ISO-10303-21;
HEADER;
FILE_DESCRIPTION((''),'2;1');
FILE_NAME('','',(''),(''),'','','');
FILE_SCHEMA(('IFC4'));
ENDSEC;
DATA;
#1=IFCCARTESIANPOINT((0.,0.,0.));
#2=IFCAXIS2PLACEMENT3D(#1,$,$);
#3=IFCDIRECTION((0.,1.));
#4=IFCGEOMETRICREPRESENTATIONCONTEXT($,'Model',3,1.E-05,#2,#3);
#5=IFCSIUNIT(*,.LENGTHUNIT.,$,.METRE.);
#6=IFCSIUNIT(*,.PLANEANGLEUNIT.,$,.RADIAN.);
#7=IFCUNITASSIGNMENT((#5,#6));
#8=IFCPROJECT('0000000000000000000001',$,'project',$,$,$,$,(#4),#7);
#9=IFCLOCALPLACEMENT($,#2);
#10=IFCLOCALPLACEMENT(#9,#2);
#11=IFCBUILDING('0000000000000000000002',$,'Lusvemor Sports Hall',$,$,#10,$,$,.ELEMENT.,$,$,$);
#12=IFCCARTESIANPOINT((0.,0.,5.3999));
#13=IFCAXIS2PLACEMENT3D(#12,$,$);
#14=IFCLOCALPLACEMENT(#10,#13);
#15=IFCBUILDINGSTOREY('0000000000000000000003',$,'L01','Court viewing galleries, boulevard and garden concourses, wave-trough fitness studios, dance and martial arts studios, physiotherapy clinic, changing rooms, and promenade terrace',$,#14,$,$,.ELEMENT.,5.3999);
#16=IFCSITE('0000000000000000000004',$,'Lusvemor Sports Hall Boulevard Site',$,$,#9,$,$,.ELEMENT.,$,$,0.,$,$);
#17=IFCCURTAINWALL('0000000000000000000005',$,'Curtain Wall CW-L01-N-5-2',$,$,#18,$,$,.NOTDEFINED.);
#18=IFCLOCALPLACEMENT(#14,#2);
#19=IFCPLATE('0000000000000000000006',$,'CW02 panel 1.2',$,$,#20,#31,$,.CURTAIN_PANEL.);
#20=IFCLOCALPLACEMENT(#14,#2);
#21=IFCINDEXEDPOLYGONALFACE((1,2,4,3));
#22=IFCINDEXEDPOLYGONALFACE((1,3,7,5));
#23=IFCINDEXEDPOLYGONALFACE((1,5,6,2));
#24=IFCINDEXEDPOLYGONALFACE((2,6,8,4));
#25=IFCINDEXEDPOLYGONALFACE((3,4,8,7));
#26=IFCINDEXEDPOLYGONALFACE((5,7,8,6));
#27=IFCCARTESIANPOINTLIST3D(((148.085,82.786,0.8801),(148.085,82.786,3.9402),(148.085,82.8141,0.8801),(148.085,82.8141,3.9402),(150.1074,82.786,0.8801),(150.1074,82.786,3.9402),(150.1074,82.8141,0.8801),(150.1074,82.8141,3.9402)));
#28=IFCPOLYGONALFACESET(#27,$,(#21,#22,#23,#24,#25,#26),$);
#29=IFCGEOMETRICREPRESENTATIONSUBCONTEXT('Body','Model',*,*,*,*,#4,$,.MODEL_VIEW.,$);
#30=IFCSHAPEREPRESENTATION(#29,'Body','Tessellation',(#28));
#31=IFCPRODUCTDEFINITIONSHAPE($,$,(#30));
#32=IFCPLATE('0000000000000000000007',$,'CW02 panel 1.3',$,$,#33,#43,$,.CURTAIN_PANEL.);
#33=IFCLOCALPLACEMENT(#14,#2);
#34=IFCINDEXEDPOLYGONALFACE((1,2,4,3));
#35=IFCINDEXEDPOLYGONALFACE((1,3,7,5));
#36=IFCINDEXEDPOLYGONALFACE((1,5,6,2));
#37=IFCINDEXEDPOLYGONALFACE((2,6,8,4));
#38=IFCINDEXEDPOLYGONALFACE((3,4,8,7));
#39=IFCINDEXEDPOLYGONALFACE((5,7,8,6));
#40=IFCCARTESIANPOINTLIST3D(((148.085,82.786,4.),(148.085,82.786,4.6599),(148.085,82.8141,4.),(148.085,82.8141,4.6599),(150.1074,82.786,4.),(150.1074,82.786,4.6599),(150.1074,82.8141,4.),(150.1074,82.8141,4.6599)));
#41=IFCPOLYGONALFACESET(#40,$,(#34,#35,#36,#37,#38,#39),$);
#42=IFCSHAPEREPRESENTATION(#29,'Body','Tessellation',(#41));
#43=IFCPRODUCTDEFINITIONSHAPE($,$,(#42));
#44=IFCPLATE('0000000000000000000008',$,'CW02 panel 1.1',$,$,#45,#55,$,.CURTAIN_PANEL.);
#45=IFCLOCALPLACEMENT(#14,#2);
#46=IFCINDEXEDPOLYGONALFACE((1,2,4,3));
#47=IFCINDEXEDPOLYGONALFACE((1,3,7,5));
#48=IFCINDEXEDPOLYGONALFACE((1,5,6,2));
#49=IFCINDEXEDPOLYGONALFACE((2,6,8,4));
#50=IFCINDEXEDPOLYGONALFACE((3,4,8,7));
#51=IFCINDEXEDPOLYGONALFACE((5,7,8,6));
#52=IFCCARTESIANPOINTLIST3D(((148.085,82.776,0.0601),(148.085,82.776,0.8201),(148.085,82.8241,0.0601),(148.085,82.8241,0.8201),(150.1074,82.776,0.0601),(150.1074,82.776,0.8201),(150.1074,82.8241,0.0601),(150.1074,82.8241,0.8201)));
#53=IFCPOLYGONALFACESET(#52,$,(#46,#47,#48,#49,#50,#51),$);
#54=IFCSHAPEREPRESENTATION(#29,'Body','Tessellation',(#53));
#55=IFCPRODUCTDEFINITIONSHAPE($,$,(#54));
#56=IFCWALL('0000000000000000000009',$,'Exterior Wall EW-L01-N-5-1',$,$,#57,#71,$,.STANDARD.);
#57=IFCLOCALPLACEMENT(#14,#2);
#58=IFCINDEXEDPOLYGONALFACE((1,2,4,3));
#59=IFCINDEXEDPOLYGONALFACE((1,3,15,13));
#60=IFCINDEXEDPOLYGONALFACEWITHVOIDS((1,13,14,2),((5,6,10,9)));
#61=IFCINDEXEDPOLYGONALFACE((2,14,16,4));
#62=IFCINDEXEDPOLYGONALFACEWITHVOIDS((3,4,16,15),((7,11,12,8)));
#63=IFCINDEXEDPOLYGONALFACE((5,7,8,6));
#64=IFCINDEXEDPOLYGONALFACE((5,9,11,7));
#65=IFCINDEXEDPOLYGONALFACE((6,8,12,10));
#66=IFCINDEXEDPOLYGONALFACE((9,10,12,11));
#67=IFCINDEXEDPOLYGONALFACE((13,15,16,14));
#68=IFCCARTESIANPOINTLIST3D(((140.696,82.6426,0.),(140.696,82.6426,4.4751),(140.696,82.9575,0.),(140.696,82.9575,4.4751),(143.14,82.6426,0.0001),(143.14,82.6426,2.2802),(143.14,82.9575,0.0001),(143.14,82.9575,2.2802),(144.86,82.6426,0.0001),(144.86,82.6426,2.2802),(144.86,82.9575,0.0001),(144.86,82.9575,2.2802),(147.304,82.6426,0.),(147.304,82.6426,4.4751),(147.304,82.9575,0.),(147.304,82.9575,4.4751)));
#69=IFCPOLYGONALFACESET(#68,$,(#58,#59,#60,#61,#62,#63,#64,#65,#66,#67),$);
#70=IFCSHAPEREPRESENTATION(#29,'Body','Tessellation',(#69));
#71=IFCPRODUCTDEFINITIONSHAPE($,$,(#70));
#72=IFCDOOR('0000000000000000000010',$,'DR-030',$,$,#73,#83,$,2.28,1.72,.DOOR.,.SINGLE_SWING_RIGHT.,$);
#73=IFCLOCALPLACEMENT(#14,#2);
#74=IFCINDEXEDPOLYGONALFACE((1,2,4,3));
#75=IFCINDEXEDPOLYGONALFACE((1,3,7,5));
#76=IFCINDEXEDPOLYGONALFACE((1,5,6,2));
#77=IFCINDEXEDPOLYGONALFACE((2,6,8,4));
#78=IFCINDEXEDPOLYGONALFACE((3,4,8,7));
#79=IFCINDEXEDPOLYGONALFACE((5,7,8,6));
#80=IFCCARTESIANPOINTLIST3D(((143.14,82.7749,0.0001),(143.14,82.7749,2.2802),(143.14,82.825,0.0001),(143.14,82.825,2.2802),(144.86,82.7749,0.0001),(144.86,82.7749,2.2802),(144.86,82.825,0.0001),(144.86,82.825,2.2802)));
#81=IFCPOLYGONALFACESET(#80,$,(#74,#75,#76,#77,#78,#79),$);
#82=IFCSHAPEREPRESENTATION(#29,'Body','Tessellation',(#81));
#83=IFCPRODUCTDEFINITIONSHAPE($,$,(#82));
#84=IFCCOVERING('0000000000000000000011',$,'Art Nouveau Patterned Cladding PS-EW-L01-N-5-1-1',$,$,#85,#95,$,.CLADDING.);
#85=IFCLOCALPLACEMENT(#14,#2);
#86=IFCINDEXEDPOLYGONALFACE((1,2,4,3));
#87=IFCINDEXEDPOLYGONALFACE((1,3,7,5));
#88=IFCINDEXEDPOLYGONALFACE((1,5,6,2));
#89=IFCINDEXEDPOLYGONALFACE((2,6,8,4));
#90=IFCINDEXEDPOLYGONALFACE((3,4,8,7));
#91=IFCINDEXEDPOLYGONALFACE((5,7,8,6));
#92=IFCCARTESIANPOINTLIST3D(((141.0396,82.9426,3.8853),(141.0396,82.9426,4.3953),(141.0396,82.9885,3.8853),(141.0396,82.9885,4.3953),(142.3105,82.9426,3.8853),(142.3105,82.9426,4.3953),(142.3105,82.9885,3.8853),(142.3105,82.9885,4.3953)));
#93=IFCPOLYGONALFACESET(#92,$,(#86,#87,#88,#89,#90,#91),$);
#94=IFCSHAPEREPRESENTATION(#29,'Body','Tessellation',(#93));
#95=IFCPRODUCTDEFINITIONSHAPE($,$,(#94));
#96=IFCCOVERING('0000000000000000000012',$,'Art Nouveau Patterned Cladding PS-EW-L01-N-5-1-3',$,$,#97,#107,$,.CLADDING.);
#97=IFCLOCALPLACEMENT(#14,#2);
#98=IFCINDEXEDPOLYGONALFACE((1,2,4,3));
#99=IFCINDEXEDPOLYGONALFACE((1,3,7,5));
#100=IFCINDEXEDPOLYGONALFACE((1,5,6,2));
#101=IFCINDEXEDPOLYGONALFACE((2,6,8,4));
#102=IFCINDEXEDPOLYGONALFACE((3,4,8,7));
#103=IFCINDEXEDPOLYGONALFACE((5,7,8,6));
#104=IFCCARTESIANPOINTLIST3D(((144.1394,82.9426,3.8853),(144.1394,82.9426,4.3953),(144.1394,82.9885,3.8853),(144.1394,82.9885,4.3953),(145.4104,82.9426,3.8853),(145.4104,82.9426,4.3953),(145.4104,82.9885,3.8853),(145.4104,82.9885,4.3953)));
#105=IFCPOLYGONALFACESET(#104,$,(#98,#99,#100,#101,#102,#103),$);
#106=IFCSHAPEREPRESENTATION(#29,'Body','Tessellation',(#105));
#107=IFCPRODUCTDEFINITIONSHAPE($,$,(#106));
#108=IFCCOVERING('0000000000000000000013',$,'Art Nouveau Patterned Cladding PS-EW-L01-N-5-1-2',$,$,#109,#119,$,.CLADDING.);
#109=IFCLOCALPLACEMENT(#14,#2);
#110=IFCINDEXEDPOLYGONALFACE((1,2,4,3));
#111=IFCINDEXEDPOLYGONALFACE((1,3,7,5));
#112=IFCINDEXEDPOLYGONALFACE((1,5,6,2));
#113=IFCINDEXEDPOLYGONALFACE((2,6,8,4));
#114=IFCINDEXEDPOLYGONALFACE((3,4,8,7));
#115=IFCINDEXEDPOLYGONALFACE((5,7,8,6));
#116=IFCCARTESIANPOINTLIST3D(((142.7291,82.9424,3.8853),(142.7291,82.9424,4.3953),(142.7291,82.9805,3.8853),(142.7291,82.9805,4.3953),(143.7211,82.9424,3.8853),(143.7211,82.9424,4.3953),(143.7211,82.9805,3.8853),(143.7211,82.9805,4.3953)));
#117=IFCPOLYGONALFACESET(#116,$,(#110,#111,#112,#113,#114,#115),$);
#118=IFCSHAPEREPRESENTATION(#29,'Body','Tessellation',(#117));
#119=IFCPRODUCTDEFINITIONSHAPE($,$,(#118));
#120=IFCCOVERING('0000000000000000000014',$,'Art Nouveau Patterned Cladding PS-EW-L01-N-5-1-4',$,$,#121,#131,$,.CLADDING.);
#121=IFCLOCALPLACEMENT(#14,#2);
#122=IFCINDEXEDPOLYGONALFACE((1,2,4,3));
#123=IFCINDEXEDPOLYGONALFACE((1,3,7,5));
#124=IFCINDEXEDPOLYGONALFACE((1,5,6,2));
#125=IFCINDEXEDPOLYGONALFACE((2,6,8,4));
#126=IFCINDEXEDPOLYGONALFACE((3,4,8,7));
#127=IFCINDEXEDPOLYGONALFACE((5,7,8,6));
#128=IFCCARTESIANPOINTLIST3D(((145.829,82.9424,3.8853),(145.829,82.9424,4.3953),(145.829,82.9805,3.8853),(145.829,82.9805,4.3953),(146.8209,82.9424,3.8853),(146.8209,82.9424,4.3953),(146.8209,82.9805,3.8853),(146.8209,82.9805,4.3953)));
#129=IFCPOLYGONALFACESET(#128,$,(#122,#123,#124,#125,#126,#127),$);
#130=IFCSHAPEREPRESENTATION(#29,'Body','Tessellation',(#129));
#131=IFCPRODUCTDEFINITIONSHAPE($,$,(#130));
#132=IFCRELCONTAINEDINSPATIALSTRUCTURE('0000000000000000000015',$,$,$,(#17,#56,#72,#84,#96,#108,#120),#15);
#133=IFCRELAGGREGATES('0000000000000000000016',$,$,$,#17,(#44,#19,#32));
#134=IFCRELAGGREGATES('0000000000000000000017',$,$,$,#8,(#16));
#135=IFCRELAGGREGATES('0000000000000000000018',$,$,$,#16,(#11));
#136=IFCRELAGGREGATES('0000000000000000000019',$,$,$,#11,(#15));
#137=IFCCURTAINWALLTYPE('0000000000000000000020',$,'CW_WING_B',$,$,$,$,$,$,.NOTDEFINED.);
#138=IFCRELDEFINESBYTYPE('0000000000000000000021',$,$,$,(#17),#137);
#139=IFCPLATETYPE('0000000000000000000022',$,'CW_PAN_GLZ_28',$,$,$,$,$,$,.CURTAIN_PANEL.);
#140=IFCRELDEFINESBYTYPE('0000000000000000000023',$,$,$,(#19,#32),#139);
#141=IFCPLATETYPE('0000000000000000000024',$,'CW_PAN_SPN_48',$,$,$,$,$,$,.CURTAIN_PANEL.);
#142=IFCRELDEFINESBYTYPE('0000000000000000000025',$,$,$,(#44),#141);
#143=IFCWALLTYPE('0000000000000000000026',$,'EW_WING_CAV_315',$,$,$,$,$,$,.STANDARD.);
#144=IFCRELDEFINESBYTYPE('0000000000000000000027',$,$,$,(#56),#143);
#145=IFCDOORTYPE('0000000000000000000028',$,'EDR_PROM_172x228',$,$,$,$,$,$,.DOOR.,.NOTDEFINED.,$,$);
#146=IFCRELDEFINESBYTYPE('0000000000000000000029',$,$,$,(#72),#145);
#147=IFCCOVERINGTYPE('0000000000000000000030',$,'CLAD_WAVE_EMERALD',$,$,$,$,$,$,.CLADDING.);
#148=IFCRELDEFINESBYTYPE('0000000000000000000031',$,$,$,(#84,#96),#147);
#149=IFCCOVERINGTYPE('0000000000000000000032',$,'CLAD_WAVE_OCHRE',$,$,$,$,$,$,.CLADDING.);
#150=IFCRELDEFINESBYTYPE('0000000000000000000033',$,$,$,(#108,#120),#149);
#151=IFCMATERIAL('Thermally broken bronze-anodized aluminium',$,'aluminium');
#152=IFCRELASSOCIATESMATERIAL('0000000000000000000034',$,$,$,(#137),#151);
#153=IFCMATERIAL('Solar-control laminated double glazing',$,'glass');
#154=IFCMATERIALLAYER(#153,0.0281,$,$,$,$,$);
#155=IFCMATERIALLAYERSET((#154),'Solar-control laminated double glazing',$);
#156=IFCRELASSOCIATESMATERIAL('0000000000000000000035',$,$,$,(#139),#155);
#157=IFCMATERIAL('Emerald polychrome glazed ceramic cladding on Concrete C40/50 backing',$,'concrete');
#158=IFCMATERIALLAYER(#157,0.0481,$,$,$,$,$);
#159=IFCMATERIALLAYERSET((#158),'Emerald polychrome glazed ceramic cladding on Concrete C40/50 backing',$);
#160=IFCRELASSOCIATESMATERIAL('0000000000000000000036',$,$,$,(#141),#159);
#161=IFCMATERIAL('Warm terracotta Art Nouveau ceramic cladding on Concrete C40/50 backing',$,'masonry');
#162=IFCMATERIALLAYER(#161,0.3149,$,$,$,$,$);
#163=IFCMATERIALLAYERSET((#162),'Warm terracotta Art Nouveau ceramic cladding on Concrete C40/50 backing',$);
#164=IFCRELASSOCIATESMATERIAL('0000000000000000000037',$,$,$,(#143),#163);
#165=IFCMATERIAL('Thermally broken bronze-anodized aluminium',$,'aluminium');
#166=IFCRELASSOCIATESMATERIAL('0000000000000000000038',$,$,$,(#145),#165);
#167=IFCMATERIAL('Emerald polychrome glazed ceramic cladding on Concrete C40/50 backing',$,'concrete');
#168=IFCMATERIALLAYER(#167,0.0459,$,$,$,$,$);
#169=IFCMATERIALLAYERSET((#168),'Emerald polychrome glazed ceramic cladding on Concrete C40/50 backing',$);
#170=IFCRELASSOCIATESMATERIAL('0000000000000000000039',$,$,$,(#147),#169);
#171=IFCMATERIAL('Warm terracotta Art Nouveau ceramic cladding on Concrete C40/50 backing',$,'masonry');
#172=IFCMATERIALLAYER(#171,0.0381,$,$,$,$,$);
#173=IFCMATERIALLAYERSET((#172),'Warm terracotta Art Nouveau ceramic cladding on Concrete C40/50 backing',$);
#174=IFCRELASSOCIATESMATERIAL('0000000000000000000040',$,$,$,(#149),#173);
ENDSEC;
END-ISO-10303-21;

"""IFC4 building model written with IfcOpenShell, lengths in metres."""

from ifc_helpers import new_model, si_unit, direction, frame, frame_2d, origin, origin_2d, place, context, subcontext, project, spatial, rectangle, extrude, material, layer, layer_set, type_object, element, fill, aggregate, save


model = new_model("IFC4")

# Units and contexts
model_context = context("Model", 3, precision=1e-05, world=origin(), true_north=direction((0.0, 1.0)))
body_context = subcontext(model_context, "Body", "Model", "MODEL_VIEW")
ifc_project = project(units=[si_unit("LENGTHUNIT", "METRE"), si_unit("PLANEANGLEUNIT", "RADIAN")], contexts=[model_context])

# Site, building, storey
site_placement = place(None, origin())
site = spatial("IfcSite", under=ifc_project, at=site_placement, Name="Lusvemor Sports Hall Boulevard Site", CompositionType="ELEMENT", RefElevation=0.0)
building_placement = place(site_placement, origin())
building = spatial("IfcBuilding", under=site, at=building_placement, Name="Lusvemor Sports Hall", CompositionType="ELEMENT")
storey_placement = place(building_placement, frame((0.0, 0.0, 5.3999)))
storey = spatial("IfcBuildingStorey", under=building, at=storey_placement, Name="L01", Description="Court viewing galleries, boulevard and garden concourses, wave-trough fitness studios, dance and martial arts studios, physiotherapy clinic, changing rooms, and promenade terrace", CompositionType="ELEMENT", Elevation=5.3999)

# Curtain wall
ifc_material_1 = material(Name="Thermally broken bronze-anodized aluminium", Category="aluminium")
curtain_wall_type = type_object("IfcCurtainWallType", Name="CW_WING_B", PredefinedType="NOTDEFINED", material=ifc_material_1)
curtain_wall_placement = place(storey_placement, origin())
curtain_wall = element("IfcCurtainWall", 1, at=curtain_wall_placement, inside=storey, type_object=curtain_wall_type, Name="Curtain Wall CW-L01-N-5-2", PredefinedType="NOTDEFINED")

# Plates
ifc_material_2 = material(Name="Solar-control laminated double glazing", Category="glass")
ifc_layer_1 = layer(ifc_material_2, 0.0281)
ifc_layer_set_1 = layer_set([ifc_layer_1], Name="Solar-control laminated double glazing")
plate_type_1 = type_object("IfcPlateType", Name="CW_PAN_GLZ_28", PredefinedType="CURTAIN_PANEL", material=ifc_layer_set_1)
plate_1_placement = place(storey_placement, frame((149.0962, 82.8, 0.8801), z_axis=(0.0, 0.0, 1.0), x_axis=(1.0, 0.0, 0.0)))
plate_1 = element("IfcPlate", 2, at=plate_1_placement, type_object=plate_type_1, Name="CW02 panel 1.2", PredefinedType="CURTAIN_PANEL", context=body_context, shape_type="SweptSolid", body=[
    extrude(rectangle(XDim=2.0225, YDim=0.0281, at=origin_2d()), origin(), (0.0, 0.0, 1.0), 3.0601),
])
plate_2_placement = place(storey_placement, frame((149.0962, 82.8, 4.0), z_axis=(0.0, 0.0, 1.0), x_axis=(1.0, 0.0, 0.0)))
plate_2 = element("IfcPlate", 3, at=plate_2_placement, type_object=plate_type_1, Name="CW02 panel 1.3", PredefinedType="CURTAIN_PANEL", context=body_context, shape_type="SweptSolid", body=[
    extrude(rectangle(XDim=2.0225, YDim=0.0281, at=origin_2d()), origin(), (0.0, 0.0, 1.0), 0.6599),
])
ifc_material_3 = material(Name="Emerald polychrome glazed ceramic cladding on Concrete C40/50 backing", Category="concrete")
ifc_layer_2 = layer(ifc_material_3, 0.0481)
ifc_layer_set_2 = layer_set([ifc_layer_2], Name="Emerald polychrome glazed ceramic cladding on Concrete C40/50 backing")
plate_type_2 = type_object("IfcPlateType", Name="CW_PAN_SPN_48", PredefinedType="CURTAIN_PANEL", material=ifc_layer_set_2)
plate_3_placement = place(storey_placement, frame((149.0962, 82.8, 0.0601), z_axis=(0.0, 0.0, 1.0), x_axis=(1.0, 0.0, 0.0)))
plate_3 = element("IfcPlate", 4, at=plate_3_placement, type_object=plate_type_2, Name="CW02 panel 1.1", PredefinedType="CURTAIN_PANEL", context=body_context, shape_type="SweptSolid", body=[
    extrude(rectangle(XDim=2.0225, YDim=0.0481, at=origin_2d()), origin(), (0.0, 0.0, 1.0), 0.76),
])
aggregate(curtain_wall, [plate_3, plate_1, plate_2])

# Wall, opening, door
ifc_material_4 = material(Name="Warm terracotta Art Nouveau ceramic cladding on Concrete C40/50 backing", Category="masonry")
ifc_layer_3 = layer(ifc_material_4, 0.3149)
ifc_layer_set_3 = layer_set([ifc_layer_3], Name="Warm terracotta Art Nouveau ceramic cladding on Concrete C40/50 backing")
wall_type = type_object("IfcWallType", Name="EW_WING_CAV_315", PredefinedType="STANDARD", material=ifc_layer_set_3)
wall_placement = place(storey_placement, frame((140.696, 82.8, 0.0), z_axis=(0.0, 0.0, 1.0), x_axis=(1.0, 0.0, 0.0)))
wall = element("IfcWall", 5, at=wall_placement, inside=storey, type_object=wall_type, Name="Exterior Wall EW-L01-N-5-1", PredefinedType="STANDARD", context=body_context, shape_type="SweptSolid", body=[
    extrude(rectangle(XDim=6.6079, YDim=0.3149, at=frame_2d((3.304, 0.0))), origin(), (0.0, 0.0, 1.0), 4.4751),
])
opening_placement = place(wall_placement, frame((2.4441, 0.0, 0.0)))
opening = element("IfcOpeningElement", 6, at=opening_placement, cuts=wall, PredefinedType="OPENING", context=body_context, shape_type="SweptSolid", body=[
    extrude(rectangle(XDim=1.72, YDim=2.28, at=frame_2d((0.8599, 1.1401))), frame((0.0, 0.1575, 0.0), z_axis=(0.0, -1.0, 0.0), x_axis=(1.0, 0.0, 0.0)), (0.0, 0.0, 1.0), 0.3149),
])
ifc_material_5 = material(Name="Thermally broken bronze-anodized aluminium", Category="aluminium")
door_type = type_object("IfcDoorType", Name="EDR_PROM_172x228", OperationType="NOTDEFINED", PredefinedType="DOOR", material=ifc_material_5)
door_placement = place(opening_placement, origin())
door = element("IfcDoor", 7, at=door_placement, inside=storey, type_object=door_type, Name="DR-030", OperationType="SINGLE_SWING_RIGHT", OverallHeight=2.28, OverallWidth=1.72, PredefinedType="DOOR", context=body_context, shape_type="SweptSolid", body=[
    extrude(rectangle(XDim=1.72, YDim=2.28, at=frame_2d((0.8599, 1.1401))), frame((0.0, 0.0249, 0.0), z_axis=(0.0, -1.0, 0.0), x_axis=(1.0, 0.0, 0.0)), (0.0, 0.0, 1.0), 0.05),
])
fill(opening, door)

# Coverings
ifc_material_6 = material(Name="Emerald polychrome glazed ceramic cladding on Concrete C40/50 backing", Category="concrete")
ifc_layer_4 = layer(ifc_material_6, 0.0459)
ifc_layer_set_4 = layer_set([ifc_layer_4], Name="Emerald polychrome glazed ceramic cladding on Concrete C40/50 backing")
covering_type_1 = type_object("IfcCoveringType", Name="CLAD_WAVE_EMERALD", PredefinedType="CLADDING", material=ifc_layer_set_4)
for number, where, z_axis, x_axis, name in (
    (8, (141.675, 82.9656, 3.8853), (0.0, 0.0, 1.0), (1.0, 0.0, 0.0), "Art Nouveau Patterned Cladding PS-EW-L01-N-5-1-1"),
    (9, (144.7749, 82.9656, 3.8853), (0.0, 0.0, 1.0), (1.0, 0.0, 0.0), "Art Nouveau Patterned Cladding PS-EW-L01-N-5-1-3"),
):
    element("IfcCovering", number, at=place(storey_placement, frame(where, z_axis=z_axis, x_axis=x_axis)), inside=storey, type_object=covering_type_1, Name=name, PredefinedType="CLADDING", context=body_context, shape_type="SweptSolid", body=[
        extrude(rectangle(XDim=1.271, YDim=0.0459, at=origin_2d()), origin(), (0.0, 0.0, 1.0), 0.51),
    ])
ifc_material_7 = material(Name="Warm terracotta Art Nouveau ceramic cladding on Concrete C40/50 backing", Category="masonry")
ifc_layer_5 = layer(ifc_material_7, 0.0381)
ifc_layer_set_5 = layer_set([ifc_layer_5], Name="Warm terracotta Art Nouveau ceramic cladding on Concrete C40/50 backing")
covering_type_2 = type_object("IfcCoveringType", Name="CLAD_WAVE_OCHRE", PredefinedType="CLADDING", material=ifc_layer_set_5)
for number, where, z_axis, x_axis, name in (
    (10, (143.2251, 82.9614, 3.8853), (0.0, 0.0, 1.0), (1.0, 0.0, 0.0), "Art Nouveau Patterned Cladding PS-EW-L01-N-5-1-2"),
    (11, (146.325, 82.9614, 3.8853), (0.0, 0.0, 1.0), (1.0, 0.0, 0.0), "Art Nouveau Patterned Cladding PS-EW-L01-N-5-1-4"),
):
    element("IfcCovering", number, at=place(storey_placement, frame(where, z_axis=z_axis, x_axis=x_axis)), inside=storey, type_object=covering_type_2, Name=name, PredefinedType="CLADDING", context=body_context, shape_type="SweptSolid", body=[
        extrude(rectangle(XDim=0.9919, YDim=0.0381, at=origin_2d()), origin(), (0.0, 0.0, 1.0), 0.51),
    ])

save(model, "model.ifc")
